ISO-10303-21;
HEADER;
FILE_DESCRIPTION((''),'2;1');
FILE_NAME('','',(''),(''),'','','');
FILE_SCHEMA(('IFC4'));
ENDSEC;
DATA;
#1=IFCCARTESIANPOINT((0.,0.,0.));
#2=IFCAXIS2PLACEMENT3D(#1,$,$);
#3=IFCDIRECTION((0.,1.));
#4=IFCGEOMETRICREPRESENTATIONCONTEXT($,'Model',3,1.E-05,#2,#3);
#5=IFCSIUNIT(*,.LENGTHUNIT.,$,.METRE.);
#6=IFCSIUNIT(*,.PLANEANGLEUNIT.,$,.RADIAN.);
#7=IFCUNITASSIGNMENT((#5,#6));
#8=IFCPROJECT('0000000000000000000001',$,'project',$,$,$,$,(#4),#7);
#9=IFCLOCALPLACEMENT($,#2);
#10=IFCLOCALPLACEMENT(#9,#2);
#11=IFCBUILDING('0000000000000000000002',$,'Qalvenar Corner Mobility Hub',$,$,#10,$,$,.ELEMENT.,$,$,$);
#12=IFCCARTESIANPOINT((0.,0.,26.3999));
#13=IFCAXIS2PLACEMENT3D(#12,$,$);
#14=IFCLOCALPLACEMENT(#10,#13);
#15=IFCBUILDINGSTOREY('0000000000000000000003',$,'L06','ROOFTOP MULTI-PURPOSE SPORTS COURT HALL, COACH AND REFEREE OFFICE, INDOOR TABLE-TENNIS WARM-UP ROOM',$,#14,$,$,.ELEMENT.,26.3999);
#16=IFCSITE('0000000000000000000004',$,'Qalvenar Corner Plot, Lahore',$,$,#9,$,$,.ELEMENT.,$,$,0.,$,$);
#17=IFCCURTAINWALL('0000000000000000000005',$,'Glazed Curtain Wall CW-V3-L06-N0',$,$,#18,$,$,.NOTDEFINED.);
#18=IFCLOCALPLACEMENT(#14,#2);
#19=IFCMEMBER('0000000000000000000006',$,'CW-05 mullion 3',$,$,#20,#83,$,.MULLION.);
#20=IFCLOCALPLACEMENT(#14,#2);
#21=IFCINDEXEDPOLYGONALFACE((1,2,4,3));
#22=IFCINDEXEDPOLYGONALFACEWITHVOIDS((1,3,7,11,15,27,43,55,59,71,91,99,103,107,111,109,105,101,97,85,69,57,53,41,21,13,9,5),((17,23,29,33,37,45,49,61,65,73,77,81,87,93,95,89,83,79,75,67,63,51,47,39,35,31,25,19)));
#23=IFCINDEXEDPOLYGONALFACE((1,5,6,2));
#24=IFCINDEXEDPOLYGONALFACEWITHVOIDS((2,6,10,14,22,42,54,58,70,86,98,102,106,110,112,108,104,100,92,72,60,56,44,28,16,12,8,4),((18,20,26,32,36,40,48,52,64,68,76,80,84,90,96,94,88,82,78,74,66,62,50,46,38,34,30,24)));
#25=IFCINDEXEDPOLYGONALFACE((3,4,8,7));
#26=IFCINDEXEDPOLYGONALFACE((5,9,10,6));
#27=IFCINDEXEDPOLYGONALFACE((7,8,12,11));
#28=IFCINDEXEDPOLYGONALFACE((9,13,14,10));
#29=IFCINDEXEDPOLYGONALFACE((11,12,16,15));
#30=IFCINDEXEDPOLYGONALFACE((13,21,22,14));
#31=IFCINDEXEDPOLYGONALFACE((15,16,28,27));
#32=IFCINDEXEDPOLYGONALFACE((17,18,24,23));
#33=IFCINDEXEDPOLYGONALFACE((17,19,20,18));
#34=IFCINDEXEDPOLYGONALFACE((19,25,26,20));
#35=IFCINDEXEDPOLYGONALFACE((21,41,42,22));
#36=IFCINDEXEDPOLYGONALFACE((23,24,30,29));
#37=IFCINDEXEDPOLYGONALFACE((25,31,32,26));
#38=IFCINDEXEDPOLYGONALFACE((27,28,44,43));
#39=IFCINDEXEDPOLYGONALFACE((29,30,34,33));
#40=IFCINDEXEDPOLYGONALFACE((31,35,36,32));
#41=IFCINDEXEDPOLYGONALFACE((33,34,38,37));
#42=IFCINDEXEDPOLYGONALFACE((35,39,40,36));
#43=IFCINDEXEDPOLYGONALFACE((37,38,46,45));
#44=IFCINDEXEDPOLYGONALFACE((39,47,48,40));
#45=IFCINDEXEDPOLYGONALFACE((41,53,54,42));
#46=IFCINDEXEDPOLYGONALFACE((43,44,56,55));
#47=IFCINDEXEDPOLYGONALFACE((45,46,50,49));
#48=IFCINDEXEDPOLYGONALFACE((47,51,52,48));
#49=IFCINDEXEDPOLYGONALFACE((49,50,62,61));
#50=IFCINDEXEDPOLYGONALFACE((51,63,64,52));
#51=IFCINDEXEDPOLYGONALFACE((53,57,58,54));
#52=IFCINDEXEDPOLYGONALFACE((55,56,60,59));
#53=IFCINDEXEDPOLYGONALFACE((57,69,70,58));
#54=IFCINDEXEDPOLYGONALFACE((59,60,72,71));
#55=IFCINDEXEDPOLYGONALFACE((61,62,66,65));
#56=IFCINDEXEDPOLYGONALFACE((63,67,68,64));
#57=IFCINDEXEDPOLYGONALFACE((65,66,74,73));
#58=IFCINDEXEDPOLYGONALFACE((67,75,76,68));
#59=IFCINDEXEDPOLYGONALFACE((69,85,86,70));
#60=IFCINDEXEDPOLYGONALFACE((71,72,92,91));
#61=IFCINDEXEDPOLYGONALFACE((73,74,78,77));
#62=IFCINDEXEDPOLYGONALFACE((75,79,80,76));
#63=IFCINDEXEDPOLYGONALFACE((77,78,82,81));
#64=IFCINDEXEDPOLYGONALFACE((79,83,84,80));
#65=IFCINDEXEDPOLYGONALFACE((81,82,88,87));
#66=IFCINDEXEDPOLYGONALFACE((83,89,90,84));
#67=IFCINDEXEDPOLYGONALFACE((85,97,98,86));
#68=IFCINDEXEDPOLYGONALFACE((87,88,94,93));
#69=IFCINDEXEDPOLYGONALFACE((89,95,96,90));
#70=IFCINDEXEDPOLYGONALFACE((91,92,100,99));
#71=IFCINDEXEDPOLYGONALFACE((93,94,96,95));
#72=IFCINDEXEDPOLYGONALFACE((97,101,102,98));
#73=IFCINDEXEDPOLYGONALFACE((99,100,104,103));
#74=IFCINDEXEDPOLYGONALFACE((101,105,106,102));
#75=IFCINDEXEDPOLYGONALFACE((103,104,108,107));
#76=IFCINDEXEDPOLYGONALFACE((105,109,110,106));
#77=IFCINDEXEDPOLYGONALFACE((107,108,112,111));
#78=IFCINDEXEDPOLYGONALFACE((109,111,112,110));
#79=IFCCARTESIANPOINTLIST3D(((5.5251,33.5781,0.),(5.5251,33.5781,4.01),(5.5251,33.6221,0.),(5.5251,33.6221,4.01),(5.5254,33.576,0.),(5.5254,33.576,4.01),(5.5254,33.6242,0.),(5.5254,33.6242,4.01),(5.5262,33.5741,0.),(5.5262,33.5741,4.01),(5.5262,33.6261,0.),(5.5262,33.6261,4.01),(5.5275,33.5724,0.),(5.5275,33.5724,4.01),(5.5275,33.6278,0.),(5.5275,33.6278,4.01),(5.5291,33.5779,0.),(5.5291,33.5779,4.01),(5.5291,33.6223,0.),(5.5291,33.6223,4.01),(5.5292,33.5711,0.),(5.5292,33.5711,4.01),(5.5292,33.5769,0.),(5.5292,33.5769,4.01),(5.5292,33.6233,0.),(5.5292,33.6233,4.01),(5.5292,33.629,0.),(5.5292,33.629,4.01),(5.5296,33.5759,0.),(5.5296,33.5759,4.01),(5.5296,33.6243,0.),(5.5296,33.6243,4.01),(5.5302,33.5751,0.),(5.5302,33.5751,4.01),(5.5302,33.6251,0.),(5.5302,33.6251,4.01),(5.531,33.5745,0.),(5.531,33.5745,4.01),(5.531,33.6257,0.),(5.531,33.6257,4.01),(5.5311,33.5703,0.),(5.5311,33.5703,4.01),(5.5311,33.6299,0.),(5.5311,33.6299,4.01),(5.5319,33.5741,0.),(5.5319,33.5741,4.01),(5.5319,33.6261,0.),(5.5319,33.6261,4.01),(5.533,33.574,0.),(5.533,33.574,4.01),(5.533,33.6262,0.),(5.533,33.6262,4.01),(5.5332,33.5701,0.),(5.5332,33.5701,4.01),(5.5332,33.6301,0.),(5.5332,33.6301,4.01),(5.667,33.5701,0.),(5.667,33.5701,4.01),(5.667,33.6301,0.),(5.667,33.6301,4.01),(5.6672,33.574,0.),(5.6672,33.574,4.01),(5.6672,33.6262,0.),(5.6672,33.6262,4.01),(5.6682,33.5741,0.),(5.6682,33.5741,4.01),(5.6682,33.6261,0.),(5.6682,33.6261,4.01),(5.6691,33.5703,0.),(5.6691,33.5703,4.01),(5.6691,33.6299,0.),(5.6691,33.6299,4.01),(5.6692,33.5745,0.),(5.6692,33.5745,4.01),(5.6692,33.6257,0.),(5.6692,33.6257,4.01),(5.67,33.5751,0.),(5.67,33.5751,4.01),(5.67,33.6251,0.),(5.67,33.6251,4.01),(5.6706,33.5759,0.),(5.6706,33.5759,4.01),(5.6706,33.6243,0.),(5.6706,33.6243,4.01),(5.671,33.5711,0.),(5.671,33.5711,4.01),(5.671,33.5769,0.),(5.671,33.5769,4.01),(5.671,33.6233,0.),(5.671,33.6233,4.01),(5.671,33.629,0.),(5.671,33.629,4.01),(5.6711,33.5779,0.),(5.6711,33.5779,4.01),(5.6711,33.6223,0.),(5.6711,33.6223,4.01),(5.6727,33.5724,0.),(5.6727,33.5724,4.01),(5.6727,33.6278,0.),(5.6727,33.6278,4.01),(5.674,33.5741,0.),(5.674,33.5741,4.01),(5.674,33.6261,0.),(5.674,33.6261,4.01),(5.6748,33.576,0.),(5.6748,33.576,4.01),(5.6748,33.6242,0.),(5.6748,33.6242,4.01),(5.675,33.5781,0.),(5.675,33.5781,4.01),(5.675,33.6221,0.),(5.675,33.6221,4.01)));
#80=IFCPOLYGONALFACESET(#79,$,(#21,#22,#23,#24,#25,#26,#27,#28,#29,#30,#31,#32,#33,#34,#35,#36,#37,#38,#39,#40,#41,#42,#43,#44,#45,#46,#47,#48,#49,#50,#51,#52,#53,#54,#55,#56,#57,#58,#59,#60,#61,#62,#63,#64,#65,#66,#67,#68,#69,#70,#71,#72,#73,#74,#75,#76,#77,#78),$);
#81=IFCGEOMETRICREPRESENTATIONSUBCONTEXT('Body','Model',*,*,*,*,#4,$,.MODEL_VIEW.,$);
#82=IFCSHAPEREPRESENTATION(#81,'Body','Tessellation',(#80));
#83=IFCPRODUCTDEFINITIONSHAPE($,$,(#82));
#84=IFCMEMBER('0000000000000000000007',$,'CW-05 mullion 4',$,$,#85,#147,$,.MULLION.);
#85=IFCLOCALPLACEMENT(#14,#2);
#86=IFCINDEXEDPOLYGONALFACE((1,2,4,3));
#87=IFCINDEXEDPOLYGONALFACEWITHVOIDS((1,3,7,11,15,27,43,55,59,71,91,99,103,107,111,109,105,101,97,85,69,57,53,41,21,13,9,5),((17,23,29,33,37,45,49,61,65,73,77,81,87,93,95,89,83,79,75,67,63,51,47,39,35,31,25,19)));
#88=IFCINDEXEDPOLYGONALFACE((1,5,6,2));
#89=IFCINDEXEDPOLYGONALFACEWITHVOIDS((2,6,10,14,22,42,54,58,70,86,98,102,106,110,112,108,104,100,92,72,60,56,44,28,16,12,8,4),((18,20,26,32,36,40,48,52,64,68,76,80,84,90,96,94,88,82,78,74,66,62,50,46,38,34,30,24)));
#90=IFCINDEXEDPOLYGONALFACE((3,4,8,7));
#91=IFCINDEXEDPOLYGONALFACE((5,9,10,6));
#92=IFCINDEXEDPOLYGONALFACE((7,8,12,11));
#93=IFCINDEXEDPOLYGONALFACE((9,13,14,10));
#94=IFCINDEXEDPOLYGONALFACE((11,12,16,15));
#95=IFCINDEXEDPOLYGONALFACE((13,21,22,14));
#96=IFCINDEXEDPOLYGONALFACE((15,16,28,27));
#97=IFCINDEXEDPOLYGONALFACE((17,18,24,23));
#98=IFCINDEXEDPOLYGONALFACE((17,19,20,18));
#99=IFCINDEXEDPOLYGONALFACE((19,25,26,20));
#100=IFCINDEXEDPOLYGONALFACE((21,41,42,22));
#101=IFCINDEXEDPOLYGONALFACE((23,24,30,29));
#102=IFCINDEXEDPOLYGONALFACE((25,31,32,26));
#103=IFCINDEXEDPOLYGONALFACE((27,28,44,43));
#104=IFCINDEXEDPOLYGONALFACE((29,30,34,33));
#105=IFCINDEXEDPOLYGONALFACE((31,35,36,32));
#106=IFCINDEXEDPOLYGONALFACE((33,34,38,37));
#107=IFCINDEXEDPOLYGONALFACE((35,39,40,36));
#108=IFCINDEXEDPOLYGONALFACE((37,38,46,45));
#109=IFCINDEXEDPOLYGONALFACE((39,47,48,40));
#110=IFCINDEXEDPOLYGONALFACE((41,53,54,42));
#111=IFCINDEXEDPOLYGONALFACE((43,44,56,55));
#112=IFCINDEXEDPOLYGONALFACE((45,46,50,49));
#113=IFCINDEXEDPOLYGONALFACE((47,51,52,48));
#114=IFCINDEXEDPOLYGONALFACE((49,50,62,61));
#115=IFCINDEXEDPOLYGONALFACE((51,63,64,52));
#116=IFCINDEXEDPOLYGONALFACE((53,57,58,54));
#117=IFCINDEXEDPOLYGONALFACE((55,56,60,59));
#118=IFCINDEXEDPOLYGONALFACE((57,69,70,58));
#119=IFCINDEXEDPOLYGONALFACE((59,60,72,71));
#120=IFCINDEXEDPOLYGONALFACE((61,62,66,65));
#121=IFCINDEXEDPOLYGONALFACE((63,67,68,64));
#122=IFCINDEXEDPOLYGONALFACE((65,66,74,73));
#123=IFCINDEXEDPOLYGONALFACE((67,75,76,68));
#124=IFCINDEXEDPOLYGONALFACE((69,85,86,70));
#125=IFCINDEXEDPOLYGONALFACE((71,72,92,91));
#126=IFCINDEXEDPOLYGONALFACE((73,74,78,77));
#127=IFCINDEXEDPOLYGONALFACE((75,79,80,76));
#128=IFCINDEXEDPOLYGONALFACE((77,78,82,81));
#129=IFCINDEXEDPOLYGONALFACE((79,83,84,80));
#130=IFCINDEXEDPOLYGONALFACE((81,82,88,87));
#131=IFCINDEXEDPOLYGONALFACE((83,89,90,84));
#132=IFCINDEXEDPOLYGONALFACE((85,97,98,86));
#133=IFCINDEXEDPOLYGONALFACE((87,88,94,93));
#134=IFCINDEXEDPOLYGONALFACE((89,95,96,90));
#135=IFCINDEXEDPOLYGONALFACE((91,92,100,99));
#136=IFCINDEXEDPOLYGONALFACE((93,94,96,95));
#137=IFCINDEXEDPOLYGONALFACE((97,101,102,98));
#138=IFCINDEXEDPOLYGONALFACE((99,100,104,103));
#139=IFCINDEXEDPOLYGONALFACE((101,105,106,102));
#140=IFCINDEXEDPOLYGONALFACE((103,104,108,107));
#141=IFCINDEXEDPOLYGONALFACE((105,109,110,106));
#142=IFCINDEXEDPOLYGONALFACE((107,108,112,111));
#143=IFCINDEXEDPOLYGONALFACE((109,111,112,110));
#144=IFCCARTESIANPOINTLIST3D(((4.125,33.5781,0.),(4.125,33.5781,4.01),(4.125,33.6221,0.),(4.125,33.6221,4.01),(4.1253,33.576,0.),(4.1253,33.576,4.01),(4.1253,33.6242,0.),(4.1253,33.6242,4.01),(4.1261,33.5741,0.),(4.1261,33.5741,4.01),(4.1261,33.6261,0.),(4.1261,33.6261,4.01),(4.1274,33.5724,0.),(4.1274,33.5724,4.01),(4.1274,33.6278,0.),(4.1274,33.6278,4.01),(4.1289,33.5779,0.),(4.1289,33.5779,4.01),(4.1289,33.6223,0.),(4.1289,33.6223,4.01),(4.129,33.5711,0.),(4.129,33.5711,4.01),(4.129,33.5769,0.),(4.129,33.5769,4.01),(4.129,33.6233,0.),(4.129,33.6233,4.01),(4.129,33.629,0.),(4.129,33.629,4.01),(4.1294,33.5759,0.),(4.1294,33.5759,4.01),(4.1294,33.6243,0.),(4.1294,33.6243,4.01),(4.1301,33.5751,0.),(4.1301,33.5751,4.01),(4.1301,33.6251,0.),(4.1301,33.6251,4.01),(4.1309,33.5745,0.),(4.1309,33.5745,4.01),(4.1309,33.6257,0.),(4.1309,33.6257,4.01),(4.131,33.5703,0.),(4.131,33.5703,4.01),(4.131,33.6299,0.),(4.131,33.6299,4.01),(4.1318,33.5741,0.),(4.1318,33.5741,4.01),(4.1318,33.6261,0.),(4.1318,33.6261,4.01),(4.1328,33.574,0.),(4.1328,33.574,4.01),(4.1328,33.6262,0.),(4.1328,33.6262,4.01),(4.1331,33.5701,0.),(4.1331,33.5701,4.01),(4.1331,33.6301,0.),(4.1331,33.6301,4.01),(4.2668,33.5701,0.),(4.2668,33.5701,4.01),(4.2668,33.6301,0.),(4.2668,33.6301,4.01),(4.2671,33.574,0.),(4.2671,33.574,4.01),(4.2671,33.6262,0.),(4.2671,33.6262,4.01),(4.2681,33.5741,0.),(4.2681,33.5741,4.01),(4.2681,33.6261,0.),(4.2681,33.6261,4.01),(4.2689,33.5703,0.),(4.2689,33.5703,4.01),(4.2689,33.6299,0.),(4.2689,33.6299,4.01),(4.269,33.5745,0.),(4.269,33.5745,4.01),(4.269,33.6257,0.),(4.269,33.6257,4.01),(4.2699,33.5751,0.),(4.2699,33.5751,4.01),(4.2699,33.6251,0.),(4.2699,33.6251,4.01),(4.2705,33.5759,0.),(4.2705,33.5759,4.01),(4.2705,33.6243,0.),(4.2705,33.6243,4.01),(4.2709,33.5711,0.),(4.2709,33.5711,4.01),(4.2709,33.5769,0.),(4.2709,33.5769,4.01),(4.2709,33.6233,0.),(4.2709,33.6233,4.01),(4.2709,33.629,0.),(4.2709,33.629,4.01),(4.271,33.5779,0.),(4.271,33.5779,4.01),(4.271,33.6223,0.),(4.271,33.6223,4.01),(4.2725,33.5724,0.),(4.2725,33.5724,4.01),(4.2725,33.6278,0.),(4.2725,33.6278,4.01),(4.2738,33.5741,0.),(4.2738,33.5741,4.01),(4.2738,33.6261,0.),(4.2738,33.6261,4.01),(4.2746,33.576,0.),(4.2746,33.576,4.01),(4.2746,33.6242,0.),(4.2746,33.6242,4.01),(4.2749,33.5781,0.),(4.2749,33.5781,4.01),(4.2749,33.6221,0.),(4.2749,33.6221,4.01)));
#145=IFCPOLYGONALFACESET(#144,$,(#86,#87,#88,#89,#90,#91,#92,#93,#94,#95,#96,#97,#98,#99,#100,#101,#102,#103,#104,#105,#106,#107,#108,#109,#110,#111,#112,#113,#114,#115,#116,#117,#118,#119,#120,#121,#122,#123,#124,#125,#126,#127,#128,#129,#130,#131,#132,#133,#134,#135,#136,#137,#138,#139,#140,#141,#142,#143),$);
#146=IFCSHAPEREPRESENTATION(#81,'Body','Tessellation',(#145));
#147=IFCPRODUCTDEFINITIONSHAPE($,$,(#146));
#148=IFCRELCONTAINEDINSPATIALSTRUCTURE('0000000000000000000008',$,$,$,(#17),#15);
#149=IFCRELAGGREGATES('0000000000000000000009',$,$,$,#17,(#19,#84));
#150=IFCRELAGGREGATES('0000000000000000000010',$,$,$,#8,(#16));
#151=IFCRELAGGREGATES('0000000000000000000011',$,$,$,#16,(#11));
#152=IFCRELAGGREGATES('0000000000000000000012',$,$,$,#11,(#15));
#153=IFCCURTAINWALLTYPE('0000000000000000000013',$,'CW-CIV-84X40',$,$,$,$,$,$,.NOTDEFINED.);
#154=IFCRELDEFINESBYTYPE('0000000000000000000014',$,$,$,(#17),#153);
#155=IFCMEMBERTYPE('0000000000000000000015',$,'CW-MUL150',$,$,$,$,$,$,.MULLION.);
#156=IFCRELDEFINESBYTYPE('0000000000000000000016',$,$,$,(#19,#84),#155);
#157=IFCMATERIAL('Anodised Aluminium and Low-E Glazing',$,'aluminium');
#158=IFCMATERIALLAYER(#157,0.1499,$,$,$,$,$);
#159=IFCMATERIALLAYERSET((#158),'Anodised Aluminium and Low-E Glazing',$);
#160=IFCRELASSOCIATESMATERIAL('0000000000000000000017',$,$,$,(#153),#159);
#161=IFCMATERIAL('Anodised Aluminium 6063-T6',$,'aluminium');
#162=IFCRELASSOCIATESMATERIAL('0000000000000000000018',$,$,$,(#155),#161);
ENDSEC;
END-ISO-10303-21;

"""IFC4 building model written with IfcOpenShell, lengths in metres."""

from ifc_helpers import new_model, si_unit, direction, frame, origin, origin_2d, place, context, subcontext, project, spatial, hollow_rectangle, extrude, material, layer, layer_set, material_profile, profile_set, type_object, element, aggregate, save


model = new_model("IFC4")

# Units and contexts
model_context = context("Model", 3, precision=1e-05, world=origin(), true_north=direction((0.0, 1.0)))
body_context = subcontext(model_context, "Body", "Model", "MODEL_VIEW")
ifc_project = project(units=[si_unit("LENGTHUNIT", "METRE"), si_unit("PLANEANGLEUNIT", "RADIAN")], contexts=[model_context])

# Site, building, storey
site_placement = place(None, origin())
site = spatial("IfcSite", under=ifc_project, at=site_placement, Name="Qalvenar Corner Plot, Lahore", CompositionType="ELEMENT", RefElevation=0.0)
building_placement = place(site_placement, origin())
building = spatial("IfcBuilding", under=site, at=building_placement, Name="Qalvenar Corner Mobility Hub", CompositionType="ELEMENT")
storey_placement = place(building_placement, frame((0.0, 0.0, 26.3999)))
storey = spatial("IfcBuildingStorey", under=building, at=storey_placement, Name="L06", Description="ROOFTOP MULTI-PURPOSE SPORTS COURT HALL, COACH AND REFEREE OFFICE, INDOOR TABLE-TENNIS WARM-UP ROOM", CompositionType="ELEMENT", Elevation=26.3999)

# Curtain wall, members
ifc_material_1 = material(Name="Anodised Aluminium and Low-E Glazing", Category="aluminium")
ifc_layer_1 = layer(ifc_material_1, 0.1499)
ifc_layer_set_1 = layer_set([ifc_layer_1], Name="Anodised Aluminium and Low-E Glazing")
curtain_wall_type = type_object("IfcCurtainWallType", Name="CW-CIV-84X40", PredefinedType="NOTDEFINED", material=ifc_layer_set_1)
curtain_wall_placement = place(storey_placement, origin())
curtain_wall = element("IfcCurtainWall", 1, at=curtain_wall_placement, inside=storey, type_object=curtain_wall_type, Name="Glazed Curtain Wall CW-V3-L06-N0", PredefinedType="NOTDEFINED")
ifc_material_2 = material(Name="Anodised Aluminium 6063-T6", Category="aluminium")
ifc_material_profile_1 = material_profile(ifc_material_2, hollow_rectangle(XDim=0.0601, YDim=0.1499, WallThickness=0.0039, InnerFilletRadius=0.0039, OuterFilletRadius=0.0081, at=origin_2d()), Name="RHS150x60x4")
ifc_profile_set_1 = profile_set([ifc_material_profile_1], Name="Anodised Aluminium 6063-T6")
member_type_1 = type_object("IfcMemberType", Name="CW-MUL150", PredefinedType="MULLION", material=ifc_profile_set_1)
member_1_placement = place(storey_placement, frame((5.6001, 33.6001, 0.0), z_axis=(0.0, 0.0, 1.0), x_axis=(0.0, -1.0, 0.0)))
member_1 = element("IfcMember", 2, at=member_1_placement, type_object=member_type_1, Name="CW-05 mullion 3", PredefinedType="MULLION", context=body_context, shape_type="SweptSolid", body=[
    extrude(hollow_rectangle(XDim=0.0601, YDim=0.1499, WallThickness=0.0039, InnerFilletRadius=0.0039, OuterFilletRadius=0.0081, at=origin_2d()), origin(), (0.0, 0.0, 1.0), 4.01),
])
member_2_placement = place(storey_placement, frame((4.2, 33.6001, 0.0), z_axis=(0.0, 0.0, 1.0), x_axis=(0.0, -1.0, 0.0)))
member_2 = element("IfcMember", 3, at=member_2_placement, type_object=member_type_1, Name="CW-05 mullion 4", PredefinedType="MULLION", context=body_context, shape_type="SweptSolid", body=[
    extrude(hollow_rectangle(XDim=0.0601, YDim=0.1499, WallThickness=0.0039, InnerFilletRadius=0.0039, OuterFilletRadius=0.0081, at=origin_2d()), origin(), (0.0, 0.0, 1.0), 4.01),
])
aggregate(curtain_wall, [member_1, member_2])

save(model, "model.ifc")
